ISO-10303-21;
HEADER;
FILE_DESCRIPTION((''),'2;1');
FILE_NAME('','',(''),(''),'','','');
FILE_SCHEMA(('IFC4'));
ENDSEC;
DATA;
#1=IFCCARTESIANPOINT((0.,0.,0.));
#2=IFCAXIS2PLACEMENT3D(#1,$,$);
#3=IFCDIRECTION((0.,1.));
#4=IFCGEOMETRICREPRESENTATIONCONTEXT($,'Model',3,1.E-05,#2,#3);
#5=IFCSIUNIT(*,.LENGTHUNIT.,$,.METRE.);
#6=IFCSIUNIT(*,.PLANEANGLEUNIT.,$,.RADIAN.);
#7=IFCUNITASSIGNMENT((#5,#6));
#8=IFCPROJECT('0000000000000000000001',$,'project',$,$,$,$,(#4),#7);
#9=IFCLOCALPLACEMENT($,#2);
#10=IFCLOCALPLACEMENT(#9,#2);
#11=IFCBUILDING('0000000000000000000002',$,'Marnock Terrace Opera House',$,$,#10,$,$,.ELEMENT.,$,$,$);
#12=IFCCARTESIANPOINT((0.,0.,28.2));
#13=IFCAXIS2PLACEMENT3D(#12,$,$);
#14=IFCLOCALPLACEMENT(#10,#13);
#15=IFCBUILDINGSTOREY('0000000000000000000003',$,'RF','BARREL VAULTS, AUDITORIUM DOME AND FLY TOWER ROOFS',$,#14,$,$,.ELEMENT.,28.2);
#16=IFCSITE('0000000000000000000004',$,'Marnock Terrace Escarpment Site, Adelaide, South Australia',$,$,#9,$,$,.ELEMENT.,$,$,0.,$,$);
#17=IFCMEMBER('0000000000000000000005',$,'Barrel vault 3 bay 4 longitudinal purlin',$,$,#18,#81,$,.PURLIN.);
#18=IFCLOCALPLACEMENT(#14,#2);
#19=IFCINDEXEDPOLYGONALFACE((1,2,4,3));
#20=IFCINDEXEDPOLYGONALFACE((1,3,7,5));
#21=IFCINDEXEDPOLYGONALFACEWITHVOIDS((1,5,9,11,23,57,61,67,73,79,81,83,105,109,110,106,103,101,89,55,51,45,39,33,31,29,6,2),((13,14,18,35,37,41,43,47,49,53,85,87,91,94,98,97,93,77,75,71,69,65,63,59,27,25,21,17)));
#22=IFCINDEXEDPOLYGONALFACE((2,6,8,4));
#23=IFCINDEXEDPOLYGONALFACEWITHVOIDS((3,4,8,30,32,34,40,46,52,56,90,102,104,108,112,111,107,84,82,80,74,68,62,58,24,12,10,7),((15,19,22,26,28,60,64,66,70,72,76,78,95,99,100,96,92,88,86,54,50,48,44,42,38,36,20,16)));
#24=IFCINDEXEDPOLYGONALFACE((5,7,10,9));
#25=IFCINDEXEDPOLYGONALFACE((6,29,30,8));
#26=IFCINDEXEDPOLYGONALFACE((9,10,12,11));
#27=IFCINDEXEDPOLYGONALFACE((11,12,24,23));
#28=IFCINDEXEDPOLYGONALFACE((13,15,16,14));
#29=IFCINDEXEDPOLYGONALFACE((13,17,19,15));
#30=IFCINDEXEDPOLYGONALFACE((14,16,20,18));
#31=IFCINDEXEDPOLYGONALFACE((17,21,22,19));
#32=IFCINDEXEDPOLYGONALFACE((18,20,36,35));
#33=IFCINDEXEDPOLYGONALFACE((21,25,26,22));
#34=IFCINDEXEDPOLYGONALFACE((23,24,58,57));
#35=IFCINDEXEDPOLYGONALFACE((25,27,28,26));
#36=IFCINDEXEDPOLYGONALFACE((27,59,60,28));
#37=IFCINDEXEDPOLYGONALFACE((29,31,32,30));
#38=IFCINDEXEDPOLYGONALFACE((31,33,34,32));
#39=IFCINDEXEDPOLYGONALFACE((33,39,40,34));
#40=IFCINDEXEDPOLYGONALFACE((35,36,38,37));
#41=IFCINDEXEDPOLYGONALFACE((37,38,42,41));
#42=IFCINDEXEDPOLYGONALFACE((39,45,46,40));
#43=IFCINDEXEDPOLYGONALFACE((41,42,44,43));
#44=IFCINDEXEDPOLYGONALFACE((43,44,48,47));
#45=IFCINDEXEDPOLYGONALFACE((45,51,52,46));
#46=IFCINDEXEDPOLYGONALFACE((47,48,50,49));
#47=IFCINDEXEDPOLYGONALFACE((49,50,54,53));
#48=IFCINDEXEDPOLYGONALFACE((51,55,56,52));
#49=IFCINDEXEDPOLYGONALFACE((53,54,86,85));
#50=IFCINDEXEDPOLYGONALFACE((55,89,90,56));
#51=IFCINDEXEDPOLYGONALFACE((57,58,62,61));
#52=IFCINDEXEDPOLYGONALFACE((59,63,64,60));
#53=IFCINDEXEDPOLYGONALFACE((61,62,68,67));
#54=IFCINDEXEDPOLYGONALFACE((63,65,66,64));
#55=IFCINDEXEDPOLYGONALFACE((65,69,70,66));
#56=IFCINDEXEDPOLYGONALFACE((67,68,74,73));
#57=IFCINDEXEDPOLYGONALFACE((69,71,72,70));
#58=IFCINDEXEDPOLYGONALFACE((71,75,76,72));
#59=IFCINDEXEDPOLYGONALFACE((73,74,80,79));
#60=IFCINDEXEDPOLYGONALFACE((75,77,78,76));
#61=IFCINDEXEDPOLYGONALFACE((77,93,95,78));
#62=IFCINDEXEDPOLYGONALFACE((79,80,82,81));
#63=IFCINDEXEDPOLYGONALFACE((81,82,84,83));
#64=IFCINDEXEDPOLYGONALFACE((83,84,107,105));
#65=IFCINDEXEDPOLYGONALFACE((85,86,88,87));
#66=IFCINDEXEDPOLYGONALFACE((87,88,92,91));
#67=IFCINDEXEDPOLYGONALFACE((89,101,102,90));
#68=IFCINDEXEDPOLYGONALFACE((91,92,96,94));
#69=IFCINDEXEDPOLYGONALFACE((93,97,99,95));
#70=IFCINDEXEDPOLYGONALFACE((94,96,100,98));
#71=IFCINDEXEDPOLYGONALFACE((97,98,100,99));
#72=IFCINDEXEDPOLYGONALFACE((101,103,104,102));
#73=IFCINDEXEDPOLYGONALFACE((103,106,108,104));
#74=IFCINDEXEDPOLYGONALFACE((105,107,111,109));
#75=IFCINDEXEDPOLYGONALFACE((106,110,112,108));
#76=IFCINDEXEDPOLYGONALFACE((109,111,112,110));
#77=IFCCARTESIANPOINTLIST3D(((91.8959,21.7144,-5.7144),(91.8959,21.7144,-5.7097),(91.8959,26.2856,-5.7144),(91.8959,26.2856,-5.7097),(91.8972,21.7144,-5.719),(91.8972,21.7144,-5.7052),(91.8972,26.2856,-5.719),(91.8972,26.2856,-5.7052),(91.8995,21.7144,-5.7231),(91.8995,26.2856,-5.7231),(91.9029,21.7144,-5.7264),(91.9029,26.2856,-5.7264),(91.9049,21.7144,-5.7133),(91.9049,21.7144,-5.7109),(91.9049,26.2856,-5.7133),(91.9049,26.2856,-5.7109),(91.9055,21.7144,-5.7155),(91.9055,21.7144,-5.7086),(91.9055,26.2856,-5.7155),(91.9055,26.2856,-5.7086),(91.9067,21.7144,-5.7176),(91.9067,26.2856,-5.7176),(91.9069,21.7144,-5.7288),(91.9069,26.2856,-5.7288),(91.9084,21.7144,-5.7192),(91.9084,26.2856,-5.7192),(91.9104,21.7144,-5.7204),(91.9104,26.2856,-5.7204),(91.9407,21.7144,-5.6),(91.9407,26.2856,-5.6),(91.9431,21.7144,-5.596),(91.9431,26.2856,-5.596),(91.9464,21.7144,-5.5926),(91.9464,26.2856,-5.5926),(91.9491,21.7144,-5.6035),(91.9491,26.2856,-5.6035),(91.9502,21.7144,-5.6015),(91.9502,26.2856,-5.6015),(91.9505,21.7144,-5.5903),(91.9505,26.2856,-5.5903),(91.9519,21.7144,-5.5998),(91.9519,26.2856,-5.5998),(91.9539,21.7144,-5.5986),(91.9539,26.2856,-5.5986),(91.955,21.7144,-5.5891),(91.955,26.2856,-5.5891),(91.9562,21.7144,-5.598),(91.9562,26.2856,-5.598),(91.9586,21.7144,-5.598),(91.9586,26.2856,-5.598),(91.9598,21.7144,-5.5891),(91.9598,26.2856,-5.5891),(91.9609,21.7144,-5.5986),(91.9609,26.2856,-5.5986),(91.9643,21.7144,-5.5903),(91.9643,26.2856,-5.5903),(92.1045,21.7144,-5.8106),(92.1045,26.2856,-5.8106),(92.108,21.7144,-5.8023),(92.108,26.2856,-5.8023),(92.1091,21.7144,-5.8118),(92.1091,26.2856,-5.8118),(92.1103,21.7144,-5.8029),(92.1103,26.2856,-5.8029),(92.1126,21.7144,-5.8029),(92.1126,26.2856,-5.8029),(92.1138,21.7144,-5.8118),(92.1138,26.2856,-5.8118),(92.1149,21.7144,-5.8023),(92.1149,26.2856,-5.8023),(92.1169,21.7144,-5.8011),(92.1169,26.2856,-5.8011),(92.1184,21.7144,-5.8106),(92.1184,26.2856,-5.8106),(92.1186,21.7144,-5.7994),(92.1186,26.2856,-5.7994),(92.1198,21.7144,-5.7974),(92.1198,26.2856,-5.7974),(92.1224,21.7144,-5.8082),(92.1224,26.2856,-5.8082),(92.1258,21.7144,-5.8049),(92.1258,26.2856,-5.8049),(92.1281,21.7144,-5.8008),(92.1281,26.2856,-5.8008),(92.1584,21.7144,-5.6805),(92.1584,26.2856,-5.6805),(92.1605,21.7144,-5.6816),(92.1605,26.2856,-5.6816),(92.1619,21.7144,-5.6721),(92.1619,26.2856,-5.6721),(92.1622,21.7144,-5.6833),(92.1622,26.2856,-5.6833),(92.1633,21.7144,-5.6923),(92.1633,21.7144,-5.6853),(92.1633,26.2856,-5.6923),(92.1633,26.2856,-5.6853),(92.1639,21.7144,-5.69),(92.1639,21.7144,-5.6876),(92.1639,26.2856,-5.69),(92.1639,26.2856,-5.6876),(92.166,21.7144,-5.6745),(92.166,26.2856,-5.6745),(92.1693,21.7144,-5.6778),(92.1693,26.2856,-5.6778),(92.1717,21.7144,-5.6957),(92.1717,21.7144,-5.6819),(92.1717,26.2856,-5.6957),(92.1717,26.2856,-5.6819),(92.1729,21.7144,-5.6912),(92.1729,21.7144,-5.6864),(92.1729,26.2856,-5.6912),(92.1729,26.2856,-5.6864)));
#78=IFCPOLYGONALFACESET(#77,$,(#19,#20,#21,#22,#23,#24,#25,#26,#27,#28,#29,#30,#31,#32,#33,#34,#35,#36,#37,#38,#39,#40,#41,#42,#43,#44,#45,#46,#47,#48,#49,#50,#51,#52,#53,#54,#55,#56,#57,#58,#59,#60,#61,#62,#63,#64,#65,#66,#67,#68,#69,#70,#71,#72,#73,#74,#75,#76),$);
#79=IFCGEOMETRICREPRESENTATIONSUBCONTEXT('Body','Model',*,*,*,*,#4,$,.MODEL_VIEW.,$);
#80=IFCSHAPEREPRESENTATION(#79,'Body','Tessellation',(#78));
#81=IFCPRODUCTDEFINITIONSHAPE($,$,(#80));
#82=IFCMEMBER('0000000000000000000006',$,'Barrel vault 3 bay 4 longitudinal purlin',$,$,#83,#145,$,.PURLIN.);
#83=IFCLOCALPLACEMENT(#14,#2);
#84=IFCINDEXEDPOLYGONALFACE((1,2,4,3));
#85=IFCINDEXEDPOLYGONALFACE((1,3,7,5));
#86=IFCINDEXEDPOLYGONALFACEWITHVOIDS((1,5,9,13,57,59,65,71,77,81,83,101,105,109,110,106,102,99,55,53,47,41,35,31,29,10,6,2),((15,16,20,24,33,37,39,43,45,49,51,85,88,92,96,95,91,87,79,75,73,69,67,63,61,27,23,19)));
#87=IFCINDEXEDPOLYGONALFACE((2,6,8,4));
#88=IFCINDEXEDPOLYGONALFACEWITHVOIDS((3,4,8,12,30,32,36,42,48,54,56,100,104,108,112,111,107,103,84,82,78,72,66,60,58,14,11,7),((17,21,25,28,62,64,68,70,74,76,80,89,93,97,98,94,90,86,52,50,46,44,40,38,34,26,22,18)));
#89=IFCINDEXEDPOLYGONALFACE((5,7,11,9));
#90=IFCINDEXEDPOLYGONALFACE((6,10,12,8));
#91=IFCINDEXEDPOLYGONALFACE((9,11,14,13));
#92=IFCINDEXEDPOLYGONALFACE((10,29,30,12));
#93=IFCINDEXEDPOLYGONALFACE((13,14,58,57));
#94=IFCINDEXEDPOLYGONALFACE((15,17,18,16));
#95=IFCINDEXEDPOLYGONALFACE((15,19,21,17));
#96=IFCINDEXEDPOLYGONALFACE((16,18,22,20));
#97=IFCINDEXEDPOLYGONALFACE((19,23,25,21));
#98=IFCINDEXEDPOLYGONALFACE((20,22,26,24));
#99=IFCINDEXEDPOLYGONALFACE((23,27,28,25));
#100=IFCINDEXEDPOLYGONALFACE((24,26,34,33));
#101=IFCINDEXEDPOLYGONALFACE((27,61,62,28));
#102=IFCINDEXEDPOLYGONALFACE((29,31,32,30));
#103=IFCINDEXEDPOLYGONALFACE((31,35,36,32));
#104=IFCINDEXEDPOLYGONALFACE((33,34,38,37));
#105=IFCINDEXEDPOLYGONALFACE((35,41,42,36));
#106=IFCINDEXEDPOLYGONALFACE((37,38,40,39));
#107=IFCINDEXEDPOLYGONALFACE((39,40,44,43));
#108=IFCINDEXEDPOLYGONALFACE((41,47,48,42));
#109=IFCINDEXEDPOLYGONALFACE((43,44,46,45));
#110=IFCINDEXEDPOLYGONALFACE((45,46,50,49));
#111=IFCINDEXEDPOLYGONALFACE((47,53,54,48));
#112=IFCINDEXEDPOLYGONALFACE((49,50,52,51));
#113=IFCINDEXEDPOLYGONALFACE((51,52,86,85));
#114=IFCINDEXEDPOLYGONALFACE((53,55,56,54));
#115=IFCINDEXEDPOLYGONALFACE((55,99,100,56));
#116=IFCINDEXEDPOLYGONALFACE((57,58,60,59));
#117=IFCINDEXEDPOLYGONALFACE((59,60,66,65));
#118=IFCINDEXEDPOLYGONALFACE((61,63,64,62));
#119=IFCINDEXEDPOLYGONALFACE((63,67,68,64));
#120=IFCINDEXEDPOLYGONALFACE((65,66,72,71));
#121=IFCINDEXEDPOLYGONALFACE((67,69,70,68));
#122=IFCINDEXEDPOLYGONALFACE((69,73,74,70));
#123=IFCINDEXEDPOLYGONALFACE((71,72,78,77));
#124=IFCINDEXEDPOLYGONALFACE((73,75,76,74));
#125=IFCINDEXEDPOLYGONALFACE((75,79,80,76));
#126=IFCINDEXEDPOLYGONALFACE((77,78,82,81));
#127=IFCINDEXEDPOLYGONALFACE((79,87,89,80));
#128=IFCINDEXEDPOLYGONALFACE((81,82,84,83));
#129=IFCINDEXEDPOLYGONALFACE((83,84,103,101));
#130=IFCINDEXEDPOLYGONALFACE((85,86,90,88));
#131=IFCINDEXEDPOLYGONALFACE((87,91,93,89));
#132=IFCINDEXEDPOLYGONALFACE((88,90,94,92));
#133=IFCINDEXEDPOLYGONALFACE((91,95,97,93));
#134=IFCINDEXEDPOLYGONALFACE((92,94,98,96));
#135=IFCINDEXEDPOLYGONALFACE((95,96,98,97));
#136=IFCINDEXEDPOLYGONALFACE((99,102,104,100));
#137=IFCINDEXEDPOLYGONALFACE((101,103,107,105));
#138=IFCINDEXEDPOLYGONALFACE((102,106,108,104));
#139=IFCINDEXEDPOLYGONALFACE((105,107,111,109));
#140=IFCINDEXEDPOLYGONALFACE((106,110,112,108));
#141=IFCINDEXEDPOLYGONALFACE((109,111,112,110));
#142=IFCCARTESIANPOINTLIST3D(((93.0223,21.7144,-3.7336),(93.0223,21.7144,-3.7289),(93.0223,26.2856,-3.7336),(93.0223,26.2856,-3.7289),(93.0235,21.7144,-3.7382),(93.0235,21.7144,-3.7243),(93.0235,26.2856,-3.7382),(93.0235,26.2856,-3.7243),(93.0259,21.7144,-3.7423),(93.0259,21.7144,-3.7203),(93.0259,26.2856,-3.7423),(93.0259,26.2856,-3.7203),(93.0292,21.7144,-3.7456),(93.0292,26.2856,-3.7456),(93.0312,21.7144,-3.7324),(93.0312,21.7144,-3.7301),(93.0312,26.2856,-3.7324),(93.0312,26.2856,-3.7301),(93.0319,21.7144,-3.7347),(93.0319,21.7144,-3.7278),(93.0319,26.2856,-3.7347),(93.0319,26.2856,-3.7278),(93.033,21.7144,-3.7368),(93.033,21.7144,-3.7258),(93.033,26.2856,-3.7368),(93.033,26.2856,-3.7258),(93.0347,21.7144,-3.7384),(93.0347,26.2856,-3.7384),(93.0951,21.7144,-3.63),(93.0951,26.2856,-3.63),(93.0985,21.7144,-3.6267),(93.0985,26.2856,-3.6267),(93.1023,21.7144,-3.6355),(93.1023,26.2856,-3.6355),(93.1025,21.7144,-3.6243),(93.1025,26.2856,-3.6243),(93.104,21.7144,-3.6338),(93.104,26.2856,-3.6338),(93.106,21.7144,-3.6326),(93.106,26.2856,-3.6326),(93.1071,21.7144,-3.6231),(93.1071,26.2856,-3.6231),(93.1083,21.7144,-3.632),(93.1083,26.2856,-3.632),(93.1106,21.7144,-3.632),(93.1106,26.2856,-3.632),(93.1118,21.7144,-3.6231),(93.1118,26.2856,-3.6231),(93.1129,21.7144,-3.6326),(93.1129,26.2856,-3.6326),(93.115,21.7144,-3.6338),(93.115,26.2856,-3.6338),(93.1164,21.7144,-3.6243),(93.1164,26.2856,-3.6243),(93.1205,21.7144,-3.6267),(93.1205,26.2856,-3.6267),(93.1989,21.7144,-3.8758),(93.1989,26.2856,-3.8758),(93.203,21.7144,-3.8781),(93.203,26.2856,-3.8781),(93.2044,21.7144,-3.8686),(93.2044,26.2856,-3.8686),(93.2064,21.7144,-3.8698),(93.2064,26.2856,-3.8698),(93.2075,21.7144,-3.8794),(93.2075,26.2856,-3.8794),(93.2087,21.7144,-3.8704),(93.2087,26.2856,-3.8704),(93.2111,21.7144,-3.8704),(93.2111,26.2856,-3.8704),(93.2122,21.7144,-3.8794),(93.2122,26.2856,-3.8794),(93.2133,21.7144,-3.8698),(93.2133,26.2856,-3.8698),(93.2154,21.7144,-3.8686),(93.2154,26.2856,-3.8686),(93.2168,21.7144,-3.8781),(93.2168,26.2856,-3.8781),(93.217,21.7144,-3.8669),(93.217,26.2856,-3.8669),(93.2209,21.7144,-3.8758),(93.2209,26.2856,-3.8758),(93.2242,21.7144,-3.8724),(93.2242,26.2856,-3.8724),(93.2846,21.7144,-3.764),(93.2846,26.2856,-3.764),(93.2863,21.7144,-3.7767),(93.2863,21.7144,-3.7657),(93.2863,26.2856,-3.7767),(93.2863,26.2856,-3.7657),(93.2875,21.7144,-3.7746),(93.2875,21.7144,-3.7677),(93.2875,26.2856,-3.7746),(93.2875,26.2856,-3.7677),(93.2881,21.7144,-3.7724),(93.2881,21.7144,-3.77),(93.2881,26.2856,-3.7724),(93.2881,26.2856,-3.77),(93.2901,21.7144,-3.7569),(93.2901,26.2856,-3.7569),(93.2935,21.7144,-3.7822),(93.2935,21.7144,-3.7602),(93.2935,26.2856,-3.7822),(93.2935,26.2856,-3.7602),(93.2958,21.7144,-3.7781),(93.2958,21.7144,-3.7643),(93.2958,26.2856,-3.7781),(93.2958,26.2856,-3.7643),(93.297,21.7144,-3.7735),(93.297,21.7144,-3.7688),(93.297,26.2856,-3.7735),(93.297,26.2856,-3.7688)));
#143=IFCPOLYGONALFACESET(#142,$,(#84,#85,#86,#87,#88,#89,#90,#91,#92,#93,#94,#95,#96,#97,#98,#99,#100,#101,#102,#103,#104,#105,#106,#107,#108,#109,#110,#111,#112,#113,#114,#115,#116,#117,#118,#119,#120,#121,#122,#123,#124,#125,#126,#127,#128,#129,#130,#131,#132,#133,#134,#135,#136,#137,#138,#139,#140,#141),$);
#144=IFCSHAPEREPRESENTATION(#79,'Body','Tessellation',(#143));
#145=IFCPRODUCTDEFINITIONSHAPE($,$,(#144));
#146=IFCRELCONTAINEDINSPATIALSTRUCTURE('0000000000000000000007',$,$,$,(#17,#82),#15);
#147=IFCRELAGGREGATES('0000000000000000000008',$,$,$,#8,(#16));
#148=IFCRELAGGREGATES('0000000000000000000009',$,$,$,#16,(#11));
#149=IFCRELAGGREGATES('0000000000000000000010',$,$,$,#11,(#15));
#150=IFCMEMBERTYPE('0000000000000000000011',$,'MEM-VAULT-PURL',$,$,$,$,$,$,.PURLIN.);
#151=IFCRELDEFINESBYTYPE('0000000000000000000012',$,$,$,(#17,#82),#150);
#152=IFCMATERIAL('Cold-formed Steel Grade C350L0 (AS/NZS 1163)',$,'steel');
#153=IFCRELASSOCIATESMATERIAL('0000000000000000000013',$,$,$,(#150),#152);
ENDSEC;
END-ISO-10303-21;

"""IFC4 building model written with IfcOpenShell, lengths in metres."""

from ifc_helpers import new_model, si_unit, direction, frame, origin, origin_2d, place, context, subcontext, project, spatial, hollow_rectangle, extrude, material, material_profile, profile_set, type_object, element, save


model = new_model("IFC4")

# Units and contexts
model_context = context("Model", 3, precision=1e-05, world=origin(), true_north=direction((0.0, 1.0)))
body_context = subcontext(model_context, "Body", "Model", "MODEL_VIEW")
ifc_project = project(units=[si_unit("LENGTHUNIT", "METRE"), si_unit("PLANEANGLEUNIT", "RADIAN")], contexts=[model_context])

# Site, building, storey
site_placement = place(None, origin())
site = spatial("IfcSite", under=ifc_project, at=site_placement, Name="Marnock Terrace Escarpment Site, Adelaide, South Australia", CompositionType="ELEMENT", RefElevation=0.0)
building_placement = place(site_placement, origin())
building = spatial("IfcBuilding", under=site, at=building_placement, Name="Marnock Terrace Opera House", CompositionType="ELEMENT")
storey_placement = place(building_placement, frame((0.0, 0.0, 28.2)))
storey = spatial("IfcBuildingStorey", under=building, at=storey_placement, Name="RF", Description="BARREL VAULTS, AUDITORIUM DOME AND FLY TOWER ROOFS", CompositionType="ELEMENT", Elevation=28.2)

# Members
ifc_material = material(Name="Cold-formed Steel Grade C350L0 (AS/NZS 1163)", Category="steel")
ifc_material_profile_1 = material_profile(ifc_material, hollow_rectangle(XDim=0.1499, YDim=0.25, WallThickness=0.009, InnerFilletRadius=0.009, OuterFilletRadius=0.0181, at=origin_2d()))
ifc_profile_set_1 = profile_set([ifc_material_profile_1], Name="Cold-formed Steel Grade C350L0 (AS/NZS 1163)")
member_type_1 = type_object("IfcMemberType", Name="MEM-VAULT-PURL", PredefinedType="PURLIN", material=ifc_profile_set_1)
for number, where, z_axis, x_axis, name in (
    (1, (92.0344, 21.7144, -5.7004), (0.0, 1.0, 0.0), (-0.382683, 0.0, -0.92388), "Barrel vault 3 bay 4 longitudinal purlin"),
    (2, (93.1597, 21.7144, -3.7512), (0.0, 1.0, 0.0), (-0.608761, 0.0, -0.793353), "Barrel vault 3 bay 4 longitudinal purlin"),
):
    element("IfcMember", number, at=place(storey_placement, frame(where, z_axis=z_axis, x_axis=x_axis)), inside=storey, type_object=member_type_1, Name=name, PredefinedType="PURLIN", context=body_context, shape_type="SweptSolid", body=[
        extrude(hollow_rectangle(XDim=0.1499, YDim=0.25, WallThickness=0.009, InnerFilletRadius=0.009, OuterFilletRadius=0.0181, at=origin_2d()), origin(), (0.0, 0.0, 1.0), 4.5713),
    ])

save(model, "model.ifc")
